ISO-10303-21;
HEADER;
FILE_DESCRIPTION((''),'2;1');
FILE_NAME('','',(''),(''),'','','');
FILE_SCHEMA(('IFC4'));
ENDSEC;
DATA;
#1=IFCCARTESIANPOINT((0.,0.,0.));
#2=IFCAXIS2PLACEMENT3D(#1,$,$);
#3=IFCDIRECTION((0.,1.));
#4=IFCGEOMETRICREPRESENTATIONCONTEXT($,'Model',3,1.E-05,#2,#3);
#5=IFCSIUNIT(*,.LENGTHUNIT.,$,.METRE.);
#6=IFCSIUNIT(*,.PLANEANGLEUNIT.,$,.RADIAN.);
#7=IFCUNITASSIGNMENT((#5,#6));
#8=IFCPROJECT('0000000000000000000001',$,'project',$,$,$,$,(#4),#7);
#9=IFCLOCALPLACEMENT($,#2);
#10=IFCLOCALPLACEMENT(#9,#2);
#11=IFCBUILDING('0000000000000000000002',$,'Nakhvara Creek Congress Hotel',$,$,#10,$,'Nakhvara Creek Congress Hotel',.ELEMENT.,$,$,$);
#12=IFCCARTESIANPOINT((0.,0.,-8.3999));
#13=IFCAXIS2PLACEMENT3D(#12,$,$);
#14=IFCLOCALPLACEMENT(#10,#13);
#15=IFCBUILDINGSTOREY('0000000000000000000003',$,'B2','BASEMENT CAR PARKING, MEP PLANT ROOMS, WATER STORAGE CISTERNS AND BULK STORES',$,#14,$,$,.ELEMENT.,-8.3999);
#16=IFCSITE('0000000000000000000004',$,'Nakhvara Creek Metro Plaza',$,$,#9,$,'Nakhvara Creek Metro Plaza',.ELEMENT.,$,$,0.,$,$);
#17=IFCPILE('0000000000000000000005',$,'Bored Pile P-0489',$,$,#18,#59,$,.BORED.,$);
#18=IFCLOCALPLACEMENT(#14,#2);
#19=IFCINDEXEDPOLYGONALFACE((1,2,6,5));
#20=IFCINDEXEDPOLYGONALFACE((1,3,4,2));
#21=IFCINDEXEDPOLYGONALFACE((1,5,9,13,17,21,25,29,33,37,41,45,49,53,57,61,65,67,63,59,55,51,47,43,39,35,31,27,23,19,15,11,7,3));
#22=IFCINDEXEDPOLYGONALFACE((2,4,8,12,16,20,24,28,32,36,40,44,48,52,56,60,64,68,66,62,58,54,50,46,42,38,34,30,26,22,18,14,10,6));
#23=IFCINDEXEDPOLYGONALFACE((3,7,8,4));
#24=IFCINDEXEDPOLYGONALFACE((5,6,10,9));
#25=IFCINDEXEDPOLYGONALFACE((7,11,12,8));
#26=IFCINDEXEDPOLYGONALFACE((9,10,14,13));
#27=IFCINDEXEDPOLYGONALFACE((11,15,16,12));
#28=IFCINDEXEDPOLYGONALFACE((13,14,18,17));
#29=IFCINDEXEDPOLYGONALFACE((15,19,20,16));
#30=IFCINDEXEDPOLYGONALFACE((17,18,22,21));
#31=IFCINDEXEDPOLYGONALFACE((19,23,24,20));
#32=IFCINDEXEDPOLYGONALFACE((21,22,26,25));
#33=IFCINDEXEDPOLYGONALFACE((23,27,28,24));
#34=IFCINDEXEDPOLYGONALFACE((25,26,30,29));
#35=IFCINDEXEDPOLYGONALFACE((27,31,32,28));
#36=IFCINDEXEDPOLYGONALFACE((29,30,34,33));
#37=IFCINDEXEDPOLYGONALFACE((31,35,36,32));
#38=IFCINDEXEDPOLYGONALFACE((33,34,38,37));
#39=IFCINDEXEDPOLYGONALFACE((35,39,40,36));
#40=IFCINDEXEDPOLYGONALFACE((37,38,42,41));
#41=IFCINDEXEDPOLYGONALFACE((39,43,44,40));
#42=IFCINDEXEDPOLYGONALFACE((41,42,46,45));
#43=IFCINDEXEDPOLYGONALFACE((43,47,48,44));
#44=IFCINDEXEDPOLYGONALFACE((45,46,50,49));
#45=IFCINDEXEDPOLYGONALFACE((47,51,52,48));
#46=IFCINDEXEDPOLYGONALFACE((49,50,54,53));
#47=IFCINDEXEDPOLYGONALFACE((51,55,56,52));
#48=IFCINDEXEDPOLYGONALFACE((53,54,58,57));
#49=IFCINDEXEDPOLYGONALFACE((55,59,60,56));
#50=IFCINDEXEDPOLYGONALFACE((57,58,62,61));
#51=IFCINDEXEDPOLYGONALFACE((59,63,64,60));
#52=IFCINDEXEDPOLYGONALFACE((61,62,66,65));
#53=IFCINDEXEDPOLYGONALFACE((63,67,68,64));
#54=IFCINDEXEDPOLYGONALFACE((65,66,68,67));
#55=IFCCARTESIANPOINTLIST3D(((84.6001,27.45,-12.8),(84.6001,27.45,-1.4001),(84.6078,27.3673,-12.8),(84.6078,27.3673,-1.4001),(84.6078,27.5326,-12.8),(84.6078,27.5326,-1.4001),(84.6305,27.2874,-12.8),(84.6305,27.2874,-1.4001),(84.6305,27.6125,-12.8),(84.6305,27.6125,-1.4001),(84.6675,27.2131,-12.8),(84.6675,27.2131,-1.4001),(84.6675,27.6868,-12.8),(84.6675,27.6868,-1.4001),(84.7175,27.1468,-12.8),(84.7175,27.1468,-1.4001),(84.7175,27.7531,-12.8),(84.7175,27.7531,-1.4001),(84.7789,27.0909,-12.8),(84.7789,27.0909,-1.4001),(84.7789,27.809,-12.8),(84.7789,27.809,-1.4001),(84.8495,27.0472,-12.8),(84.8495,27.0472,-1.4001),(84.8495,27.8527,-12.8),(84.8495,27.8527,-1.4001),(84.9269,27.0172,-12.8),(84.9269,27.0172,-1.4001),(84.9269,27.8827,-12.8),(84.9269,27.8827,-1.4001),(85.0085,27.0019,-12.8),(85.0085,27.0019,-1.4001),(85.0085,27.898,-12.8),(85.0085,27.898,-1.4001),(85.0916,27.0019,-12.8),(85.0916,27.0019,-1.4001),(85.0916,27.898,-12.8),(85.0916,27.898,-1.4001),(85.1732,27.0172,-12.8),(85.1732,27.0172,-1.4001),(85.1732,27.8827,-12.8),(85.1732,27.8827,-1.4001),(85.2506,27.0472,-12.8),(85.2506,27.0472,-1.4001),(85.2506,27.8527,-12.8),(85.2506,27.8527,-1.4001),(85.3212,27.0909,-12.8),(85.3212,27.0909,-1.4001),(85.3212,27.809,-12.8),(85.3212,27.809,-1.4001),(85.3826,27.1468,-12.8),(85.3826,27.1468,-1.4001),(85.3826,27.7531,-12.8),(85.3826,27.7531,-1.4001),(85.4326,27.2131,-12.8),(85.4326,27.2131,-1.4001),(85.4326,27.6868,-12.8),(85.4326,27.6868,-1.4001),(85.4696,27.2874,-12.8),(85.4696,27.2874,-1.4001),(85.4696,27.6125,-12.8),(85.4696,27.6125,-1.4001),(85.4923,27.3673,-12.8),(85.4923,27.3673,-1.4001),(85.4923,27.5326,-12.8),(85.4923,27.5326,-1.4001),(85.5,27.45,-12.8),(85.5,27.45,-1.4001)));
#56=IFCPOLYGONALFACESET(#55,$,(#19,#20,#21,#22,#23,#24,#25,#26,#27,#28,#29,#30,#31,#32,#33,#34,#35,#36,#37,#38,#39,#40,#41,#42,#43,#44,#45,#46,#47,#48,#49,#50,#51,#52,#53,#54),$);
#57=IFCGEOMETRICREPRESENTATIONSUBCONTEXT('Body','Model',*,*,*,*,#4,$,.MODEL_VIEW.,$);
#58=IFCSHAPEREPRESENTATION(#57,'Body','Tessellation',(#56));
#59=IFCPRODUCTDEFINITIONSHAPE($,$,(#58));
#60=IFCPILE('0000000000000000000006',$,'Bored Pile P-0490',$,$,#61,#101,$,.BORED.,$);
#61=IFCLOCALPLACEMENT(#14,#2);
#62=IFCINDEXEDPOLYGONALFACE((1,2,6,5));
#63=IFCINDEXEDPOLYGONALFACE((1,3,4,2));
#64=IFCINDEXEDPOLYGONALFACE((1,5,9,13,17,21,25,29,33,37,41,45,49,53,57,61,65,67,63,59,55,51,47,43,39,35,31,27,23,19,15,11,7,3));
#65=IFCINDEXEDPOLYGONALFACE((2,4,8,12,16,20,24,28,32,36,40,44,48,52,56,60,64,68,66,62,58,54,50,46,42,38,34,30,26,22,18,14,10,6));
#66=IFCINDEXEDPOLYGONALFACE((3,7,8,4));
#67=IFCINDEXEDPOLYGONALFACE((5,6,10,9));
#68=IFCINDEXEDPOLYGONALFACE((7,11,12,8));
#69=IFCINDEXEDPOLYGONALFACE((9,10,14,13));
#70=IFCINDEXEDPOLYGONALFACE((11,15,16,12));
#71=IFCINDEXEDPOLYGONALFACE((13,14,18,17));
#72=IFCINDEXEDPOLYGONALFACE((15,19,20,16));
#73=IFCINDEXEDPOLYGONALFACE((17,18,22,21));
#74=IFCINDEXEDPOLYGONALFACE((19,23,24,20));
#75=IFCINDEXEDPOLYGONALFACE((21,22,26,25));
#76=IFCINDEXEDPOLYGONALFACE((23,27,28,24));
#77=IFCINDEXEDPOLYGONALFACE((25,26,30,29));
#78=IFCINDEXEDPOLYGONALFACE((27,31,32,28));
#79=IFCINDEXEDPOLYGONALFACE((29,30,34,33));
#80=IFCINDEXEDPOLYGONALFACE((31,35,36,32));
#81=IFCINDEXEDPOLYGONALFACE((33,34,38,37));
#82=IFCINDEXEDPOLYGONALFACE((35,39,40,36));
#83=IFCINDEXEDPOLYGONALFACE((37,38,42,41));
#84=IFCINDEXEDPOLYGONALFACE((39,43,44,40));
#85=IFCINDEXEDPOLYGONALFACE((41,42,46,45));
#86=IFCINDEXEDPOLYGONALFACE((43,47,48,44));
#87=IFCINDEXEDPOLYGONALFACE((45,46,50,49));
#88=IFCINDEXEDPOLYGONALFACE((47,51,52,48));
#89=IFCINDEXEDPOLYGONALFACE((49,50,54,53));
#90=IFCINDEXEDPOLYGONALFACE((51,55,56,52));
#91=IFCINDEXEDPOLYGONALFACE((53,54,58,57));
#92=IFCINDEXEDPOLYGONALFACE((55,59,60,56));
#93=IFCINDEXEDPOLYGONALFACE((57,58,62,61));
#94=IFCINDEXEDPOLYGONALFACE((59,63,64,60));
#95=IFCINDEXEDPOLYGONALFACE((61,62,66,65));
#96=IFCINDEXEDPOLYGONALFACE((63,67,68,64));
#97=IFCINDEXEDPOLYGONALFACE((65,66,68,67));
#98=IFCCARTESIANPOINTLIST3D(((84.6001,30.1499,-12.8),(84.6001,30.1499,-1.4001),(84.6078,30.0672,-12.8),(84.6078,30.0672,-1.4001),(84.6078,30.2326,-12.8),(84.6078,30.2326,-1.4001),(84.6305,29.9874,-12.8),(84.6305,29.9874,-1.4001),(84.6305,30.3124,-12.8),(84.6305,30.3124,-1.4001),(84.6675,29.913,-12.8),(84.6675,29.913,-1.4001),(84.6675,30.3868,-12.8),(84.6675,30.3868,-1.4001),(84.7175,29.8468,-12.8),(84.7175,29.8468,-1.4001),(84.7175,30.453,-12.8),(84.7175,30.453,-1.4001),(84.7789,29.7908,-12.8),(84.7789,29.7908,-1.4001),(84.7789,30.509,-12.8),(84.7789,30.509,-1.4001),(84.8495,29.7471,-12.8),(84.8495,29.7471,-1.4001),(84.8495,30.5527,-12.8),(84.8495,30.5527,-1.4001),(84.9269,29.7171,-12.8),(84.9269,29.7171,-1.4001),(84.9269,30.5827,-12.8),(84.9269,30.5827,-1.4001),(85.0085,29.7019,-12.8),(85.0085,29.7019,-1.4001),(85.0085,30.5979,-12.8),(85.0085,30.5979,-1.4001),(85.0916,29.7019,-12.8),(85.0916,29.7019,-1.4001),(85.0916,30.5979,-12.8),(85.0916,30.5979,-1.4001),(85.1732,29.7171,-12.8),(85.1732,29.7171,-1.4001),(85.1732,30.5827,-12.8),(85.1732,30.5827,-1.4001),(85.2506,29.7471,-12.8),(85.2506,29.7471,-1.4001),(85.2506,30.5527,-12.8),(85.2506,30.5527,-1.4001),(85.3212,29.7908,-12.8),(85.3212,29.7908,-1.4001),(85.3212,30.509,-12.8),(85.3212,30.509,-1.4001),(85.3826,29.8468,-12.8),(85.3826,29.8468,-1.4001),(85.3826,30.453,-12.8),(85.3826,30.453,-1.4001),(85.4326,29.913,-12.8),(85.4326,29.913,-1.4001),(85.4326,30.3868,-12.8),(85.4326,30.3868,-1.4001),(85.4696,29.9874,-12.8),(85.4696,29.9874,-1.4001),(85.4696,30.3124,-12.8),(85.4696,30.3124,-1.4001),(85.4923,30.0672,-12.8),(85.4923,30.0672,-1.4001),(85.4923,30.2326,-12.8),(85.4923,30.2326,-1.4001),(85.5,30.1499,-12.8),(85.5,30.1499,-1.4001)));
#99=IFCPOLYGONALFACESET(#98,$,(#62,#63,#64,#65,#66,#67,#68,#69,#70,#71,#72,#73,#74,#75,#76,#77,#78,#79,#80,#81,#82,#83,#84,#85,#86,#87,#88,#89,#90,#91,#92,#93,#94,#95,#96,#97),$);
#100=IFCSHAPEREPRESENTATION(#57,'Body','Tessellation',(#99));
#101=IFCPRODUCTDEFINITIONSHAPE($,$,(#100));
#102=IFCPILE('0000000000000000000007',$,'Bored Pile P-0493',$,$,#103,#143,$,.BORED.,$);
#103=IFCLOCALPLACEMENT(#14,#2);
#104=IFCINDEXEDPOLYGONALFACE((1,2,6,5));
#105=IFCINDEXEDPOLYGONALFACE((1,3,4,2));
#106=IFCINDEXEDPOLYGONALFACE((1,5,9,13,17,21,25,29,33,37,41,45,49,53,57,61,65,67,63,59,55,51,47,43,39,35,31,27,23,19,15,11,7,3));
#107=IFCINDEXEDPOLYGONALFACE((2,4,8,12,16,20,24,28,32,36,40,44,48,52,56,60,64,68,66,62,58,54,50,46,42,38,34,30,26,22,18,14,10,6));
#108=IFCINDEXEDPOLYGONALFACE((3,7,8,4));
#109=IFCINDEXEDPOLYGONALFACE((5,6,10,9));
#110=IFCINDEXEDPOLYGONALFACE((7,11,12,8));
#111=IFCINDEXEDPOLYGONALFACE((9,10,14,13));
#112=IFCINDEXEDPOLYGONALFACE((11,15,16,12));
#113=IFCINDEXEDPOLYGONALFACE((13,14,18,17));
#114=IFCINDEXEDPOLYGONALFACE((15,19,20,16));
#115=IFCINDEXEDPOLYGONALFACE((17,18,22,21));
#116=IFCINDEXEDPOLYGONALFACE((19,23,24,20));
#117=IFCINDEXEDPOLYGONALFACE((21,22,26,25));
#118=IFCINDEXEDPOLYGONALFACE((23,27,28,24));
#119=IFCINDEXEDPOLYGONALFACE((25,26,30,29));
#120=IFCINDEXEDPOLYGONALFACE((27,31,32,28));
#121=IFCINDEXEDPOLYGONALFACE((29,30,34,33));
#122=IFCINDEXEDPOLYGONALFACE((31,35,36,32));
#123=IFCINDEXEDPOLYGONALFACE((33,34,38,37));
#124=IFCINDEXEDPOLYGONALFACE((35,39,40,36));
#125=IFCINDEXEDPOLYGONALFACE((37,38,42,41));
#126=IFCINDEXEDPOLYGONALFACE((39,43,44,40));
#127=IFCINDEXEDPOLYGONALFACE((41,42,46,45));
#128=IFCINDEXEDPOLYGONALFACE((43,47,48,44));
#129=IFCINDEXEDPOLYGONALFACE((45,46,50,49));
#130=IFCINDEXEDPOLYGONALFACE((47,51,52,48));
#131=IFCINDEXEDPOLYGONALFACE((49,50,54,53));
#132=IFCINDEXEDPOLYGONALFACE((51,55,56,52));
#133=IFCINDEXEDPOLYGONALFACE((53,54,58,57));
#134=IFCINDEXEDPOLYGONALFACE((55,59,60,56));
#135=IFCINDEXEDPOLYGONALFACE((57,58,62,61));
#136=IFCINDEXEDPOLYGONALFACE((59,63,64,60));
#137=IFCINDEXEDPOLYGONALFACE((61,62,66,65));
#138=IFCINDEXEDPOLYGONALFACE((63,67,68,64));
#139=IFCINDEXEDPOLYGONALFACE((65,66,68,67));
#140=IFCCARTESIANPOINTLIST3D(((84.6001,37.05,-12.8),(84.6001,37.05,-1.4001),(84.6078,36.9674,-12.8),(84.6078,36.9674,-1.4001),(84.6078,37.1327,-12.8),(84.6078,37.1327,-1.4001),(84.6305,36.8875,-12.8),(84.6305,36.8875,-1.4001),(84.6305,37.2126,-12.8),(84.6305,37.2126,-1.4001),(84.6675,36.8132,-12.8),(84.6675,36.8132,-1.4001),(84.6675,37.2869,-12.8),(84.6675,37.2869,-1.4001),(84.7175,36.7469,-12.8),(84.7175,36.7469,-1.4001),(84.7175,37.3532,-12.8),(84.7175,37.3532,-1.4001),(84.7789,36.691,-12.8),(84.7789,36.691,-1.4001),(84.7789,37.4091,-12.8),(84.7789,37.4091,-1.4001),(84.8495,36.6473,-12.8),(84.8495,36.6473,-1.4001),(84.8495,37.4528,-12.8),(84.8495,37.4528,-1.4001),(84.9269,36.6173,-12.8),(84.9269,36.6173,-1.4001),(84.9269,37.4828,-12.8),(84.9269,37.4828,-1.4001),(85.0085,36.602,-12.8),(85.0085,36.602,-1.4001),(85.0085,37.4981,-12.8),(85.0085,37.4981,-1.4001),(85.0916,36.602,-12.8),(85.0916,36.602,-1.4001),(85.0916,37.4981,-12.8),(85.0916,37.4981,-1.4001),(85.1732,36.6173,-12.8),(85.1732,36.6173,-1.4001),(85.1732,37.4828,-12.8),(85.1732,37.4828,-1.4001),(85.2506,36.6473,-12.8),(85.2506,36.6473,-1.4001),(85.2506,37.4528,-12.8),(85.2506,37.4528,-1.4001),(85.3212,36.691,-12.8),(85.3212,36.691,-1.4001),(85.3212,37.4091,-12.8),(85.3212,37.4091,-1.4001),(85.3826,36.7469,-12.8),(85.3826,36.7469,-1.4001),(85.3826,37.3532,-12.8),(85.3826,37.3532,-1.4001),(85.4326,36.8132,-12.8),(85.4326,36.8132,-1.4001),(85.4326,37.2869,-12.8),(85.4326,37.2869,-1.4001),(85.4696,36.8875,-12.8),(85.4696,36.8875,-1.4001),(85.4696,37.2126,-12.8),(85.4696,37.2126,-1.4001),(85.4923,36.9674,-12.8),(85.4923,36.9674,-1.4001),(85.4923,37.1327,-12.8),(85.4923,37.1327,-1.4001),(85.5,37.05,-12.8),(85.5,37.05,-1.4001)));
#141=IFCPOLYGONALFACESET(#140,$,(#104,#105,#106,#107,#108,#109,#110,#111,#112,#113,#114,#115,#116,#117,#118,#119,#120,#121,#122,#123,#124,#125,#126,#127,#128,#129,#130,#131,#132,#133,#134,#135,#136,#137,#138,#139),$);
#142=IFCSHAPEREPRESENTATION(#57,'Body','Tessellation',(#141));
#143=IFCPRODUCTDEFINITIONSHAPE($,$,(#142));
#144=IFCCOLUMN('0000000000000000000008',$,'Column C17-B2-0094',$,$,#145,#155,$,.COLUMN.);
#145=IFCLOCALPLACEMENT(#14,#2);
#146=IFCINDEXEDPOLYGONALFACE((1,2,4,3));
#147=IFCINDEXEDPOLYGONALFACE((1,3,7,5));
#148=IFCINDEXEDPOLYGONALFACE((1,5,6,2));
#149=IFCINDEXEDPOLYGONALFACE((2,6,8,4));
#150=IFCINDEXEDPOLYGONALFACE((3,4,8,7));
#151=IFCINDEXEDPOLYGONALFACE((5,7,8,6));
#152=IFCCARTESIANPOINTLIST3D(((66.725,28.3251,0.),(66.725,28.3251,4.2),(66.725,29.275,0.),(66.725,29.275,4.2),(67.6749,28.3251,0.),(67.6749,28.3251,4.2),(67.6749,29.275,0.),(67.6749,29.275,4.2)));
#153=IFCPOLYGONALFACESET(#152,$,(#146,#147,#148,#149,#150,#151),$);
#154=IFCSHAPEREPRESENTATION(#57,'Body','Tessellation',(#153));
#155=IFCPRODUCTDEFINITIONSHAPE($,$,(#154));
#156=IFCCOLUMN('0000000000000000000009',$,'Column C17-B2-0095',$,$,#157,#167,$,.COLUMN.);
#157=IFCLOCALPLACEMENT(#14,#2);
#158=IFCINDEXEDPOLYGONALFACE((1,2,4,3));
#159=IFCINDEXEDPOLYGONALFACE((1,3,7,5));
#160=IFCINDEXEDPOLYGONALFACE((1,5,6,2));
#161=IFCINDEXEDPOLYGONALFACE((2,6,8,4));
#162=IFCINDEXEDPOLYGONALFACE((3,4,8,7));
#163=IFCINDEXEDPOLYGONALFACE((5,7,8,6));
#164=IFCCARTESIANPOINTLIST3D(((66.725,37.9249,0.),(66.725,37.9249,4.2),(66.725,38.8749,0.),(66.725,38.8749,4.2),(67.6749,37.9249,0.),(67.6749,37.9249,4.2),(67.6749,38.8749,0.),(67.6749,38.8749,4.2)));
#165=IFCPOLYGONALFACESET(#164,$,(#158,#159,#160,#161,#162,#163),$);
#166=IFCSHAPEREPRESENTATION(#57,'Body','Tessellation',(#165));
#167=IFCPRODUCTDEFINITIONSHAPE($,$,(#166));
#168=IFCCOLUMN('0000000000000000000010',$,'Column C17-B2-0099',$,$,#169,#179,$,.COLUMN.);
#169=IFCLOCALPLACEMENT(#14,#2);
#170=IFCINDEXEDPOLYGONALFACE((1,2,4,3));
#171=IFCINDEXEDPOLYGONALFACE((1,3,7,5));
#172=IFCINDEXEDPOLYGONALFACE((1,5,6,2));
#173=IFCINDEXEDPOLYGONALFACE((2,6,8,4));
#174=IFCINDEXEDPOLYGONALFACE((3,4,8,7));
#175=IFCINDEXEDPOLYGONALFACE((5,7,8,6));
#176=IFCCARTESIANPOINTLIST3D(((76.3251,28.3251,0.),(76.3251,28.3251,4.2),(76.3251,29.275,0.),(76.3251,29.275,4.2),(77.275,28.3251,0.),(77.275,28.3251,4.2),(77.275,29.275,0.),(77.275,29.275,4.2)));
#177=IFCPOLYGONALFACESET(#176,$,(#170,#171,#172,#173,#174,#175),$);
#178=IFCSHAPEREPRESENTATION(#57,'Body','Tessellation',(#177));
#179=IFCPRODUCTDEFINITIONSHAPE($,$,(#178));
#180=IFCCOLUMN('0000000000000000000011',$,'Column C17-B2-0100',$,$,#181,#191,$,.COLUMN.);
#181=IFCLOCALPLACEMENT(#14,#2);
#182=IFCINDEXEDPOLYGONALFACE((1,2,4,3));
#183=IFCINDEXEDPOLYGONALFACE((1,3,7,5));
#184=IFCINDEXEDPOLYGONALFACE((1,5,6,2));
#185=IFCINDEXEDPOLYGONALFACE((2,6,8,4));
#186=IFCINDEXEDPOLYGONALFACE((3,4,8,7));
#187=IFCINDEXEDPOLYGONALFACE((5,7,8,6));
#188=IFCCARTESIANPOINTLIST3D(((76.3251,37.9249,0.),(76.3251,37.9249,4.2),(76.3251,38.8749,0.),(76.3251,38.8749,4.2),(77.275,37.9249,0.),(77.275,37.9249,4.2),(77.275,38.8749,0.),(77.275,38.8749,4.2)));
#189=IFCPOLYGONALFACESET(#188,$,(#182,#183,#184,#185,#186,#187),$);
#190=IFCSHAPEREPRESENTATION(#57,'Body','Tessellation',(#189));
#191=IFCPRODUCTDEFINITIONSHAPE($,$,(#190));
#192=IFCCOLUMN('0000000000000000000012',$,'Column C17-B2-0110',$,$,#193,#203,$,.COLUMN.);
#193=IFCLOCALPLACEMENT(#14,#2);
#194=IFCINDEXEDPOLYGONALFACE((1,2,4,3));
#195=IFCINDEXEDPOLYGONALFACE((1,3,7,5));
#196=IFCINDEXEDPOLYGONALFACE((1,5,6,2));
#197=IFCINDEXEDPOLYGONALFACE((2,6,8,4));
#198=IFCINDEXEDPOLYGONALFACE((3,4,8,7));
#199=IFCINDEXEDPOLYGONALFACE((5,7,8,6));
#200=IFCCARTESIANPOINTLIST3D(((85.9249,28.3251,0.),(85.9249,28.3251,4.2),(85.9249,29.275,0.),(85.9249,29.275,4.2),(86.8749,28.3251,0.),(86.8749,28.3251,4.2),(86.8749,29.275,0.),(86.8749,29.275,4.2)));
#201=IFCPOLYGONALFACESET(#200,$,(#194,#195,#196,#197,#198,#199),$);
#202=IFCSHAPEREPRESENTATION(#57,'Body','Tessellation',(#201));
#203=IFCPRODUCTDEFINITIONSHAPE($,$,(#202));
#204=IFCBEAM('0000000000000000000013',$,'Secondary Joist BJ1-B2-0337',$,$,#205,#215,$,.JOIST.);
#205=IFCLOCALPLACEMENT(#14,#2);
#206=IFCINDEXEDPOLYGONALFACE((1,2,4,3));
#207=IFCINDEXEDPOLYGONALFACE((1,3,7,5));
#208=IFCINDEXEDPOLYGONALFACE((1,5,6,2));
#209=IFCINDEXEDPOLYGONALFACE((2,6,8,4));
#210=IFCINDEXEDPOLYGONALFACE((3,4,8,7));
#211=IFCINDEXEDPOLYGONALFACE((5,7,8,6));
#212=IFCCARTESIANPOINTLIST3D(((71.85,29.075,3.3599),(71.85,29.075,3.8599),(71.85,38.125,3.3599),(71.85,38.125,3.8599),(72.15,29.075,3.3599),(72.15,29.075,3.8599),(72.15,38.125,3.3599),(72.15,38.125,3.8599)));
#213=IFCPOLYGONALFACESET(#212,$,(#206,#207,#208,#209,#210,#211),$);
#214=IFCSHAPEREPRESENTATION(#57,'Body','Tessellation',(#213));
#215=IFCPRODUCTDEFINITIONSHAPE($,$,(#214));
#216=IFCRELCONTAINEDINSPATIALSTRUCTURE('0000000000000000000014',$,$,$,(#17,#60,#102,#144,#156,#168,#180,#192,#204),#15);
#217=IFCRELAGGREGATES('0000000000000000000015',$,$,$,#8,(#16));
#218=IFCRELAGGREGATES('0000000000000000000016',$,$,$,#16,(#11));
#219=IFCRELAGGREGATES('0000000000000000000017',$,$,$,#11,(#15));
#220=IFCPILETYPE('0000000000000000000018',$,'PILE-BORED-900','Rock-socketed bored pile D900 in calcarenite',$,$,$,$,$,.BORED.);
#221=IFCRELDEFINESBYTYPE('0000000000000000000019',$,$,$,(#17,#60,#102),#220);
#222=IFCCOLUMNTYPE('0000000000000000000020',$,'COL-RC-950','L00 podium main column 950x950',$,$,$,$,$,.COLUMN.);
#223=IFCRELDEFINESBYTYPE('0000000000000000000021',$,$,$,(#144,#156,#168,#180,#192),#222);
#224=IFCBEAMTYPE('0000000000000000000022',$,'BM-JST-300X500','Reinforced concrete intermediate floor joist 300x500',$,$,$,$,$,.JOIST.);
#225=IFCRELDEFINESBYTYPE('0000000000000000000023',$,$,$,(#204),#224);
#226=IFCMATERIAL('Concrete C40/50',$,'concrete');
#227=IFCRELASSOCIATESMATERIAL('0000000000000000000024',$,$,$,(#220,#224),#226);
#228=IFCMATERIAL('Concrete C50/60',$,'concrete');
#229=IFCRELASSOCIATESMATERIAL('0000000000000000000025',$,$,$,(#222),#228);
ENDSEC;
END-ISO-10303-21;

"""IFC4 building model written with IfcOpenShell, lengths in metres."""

from ifc_helpers import new_model, si_unit, direction, frame, origin, origin_2d, place, context, subcontext, project, spatial, rectangle, circle, extrude, material, material_profile, profile_set, type_object, element, save


model = new_model("IFC4")

# Units and contexts
model_context = context("Model", 3, precision=1e-05, world=origin(), true_north=direction((0.0, 1.0)))
body_context = subcontext(model_context, "Body", "Model", "MODEL_VIEW")
ifc_project = project(units=[si_unit("LENGTHUNIT", "METRE"), si_unit("PLANEANGLEUNIT", "RADIAN")], contexts=[model_context])

# Site, building, storey
site_placement = place(None, origin())
site = spatial("IfcSite", under=ifc_project, at=site_placement, Name="Nakhvara Creek Metro Plaza", LongName="Nakhvara Creek Metro Plaza", CompositionType="ELEMENT", RefElevation=0.0)
building_placement = place(site_placement, origin())
building = spatial("IfcBuilding", under=site, at=building_placement, Name="Nakhvara Creek Congress Hotel", LongName="Nakhvara Creek Congress Hotel", CompositionType="ELEMENT")
storey_placement = place(building_placement, frame((0.0, 0.0, -8.3999)))
storey = spatial("IfcBuildingStorey", under=building, at=storey_placement, Name="B2", Description="BASEMENT CAR PARKING, MEP PLANT ROOMS, WATER STORAGE CISTERNS AND BULK STORES", CompositionType="ELEMENT", Elevation=-8.3999)

# Shared definitions
ifc_material_1 = material(Name="Concrete C40/50", Category="concrete")

# Piles
ifc_material_profile_1 = material_profile(ifc_material_1, circle(Radius=0.45, at=origin_2d()), Name="BORED PILE D900", Category="LoadBearing")
ifc_profile_set_1 = profile_set([ifc_material_profile_1], Name="Concrete C40/50")
pile_type = type_object("IfcPileType", Name="PILE-BORED-900", Description="Rock-socketed bored pile D900 in calcarenite", PredefinedType="BORED", material=ifc_profile_set_1)
for number, where, z_axis, x_axis, name in (
    (1, (85.05, 27.45, -1.4001), (0.0, 0.0, -1.0), (1.0, 0.0, 0.0), "Bored Pile P-0489"),
    (2, (85.05, 30.1499, -1.4001), (0.0, 0.0, -1.0), (1.0, 0.0, 0.0), "Bored Pile P-0490"),
    (3, (85.05, 37.05, -1.4001), (0.0, 0.0, -1.0), (1.0, 0.0, 0.0), "Bored Pile P-0493"),
):
    element("IfcPile", number, at=place(storey_placement, frame(where, z_axis=z_axis, x_axis=x_axis)), inside=storey, type_object=pile_type, Name=name, PredefinedType="BORED", context=body_context, shape_type="SweptSolid", body=[
        extrude(circle(Radius=0.45, at=origin_2d()), origin(), (0.0, 0.0, 1.0), 11.3999),
    ])

# Columns
ifc_material_2 = material(Name="Concrete C50/60", Category="concrete")
ifc_material_profile_2 = material_profile(ifc_material_2, rectangle(XDim=0.95, YDim=0.95, at=origin_2d()), Name="RC-COL 950x950", Category="LoadBearing")
ifc_profile_set_2 = profile_set([ifc_material_profile_2], Name="Concrete C50/60")
column_type = type_object("IfcColumnType", Name="COL-RC-950", Description="L00 podium main column 950x950", PredefinedType="COLUMN", material=ifc_profile_set_2)
for number, where, z_axis, x_axis, name in (
    (4, (67.2, 28.8, 0.0), (0.0, 0.0, 1.0), (1.0, 0.0, 0.0), "Column C17-B2-0094"),
    (5, (67.2, 38.3999, 0.0), (0.0, 0.0, 1.0), (1.0, 0.0, 0.0), "Column C17-B2-0095"),
    (6, (76.8, 28.8, 0.0), (0.0, 0.0, 1.0), (1.0, 0.0, 0.0), "Column C17-B2-0099"),
    (7, (76.8, 38.3999, 0.0), (0.0, 0.0, 1.0), (1.0, 0.0, 0.0), "Column C17-B2-0100"),
    (8, (86.3999, 28.8, 0.0), (0.0, 0.0, 1.0), (1.0, 0.0, 0.0), "Column C17-B2-0110"),
):
    element("IfcColumn", number, at=place(storey_placement, frame(where, z_axis=z_axis, x_axis=x_axis)), inside=storey, type_object=column_type, Name=name, PredefinedType="COLUMN", context=body_context, shape_type="SweptSolid", body=[
        extrude(rectangle(XDim=0.95, YDim=0.95, at=origin_2d()), origin(), (0.0, 0.0, 1.0), 4.2),
    ])

# Beam
ifc_material_profile_3 = material_profile(ifc_material_1, rectangle(XDim=0.3, YDim=0.5, at=origin_2d()), Name="RC-BM 300x500", Category="LoadBearing")
ifc_profile_set_3 = profile_set([ifc_material_profile_3], Name="Concrete C40/50")
beam_type_1 = type_object("IfcBeamType", Name="BM-JST-300X500", Description="Reinforced concrete intermediate floor joist 300x500", PredefinedType="JOIST", material=ifc_profile_set_3)
for number, where, z_axis, x_axis, name in (
    (9, (72.0, 29.075, 3.6099), (0.0, 1.0, 0.0), (-1.0, 0.0, 0.0), "Secondary Joist BJ1-B2-0337"),
):
    element("IfcBeam", number, at=place(storey_placement, frame(where, z_axis=z_axis, x_axis=x_axis)), inside=storey, type_object=beam_type_1, Name=name, PredefinedType="JOIST", context=body_context, shape_type="SweptSolid", body=[
        extrude(rectangle(XDim=0.3, YDim=0.5, at=origin_2d()), origin(), (0.0, 0.0, 1.0), 9.05),
    ])

save(model, "model.ifc")
